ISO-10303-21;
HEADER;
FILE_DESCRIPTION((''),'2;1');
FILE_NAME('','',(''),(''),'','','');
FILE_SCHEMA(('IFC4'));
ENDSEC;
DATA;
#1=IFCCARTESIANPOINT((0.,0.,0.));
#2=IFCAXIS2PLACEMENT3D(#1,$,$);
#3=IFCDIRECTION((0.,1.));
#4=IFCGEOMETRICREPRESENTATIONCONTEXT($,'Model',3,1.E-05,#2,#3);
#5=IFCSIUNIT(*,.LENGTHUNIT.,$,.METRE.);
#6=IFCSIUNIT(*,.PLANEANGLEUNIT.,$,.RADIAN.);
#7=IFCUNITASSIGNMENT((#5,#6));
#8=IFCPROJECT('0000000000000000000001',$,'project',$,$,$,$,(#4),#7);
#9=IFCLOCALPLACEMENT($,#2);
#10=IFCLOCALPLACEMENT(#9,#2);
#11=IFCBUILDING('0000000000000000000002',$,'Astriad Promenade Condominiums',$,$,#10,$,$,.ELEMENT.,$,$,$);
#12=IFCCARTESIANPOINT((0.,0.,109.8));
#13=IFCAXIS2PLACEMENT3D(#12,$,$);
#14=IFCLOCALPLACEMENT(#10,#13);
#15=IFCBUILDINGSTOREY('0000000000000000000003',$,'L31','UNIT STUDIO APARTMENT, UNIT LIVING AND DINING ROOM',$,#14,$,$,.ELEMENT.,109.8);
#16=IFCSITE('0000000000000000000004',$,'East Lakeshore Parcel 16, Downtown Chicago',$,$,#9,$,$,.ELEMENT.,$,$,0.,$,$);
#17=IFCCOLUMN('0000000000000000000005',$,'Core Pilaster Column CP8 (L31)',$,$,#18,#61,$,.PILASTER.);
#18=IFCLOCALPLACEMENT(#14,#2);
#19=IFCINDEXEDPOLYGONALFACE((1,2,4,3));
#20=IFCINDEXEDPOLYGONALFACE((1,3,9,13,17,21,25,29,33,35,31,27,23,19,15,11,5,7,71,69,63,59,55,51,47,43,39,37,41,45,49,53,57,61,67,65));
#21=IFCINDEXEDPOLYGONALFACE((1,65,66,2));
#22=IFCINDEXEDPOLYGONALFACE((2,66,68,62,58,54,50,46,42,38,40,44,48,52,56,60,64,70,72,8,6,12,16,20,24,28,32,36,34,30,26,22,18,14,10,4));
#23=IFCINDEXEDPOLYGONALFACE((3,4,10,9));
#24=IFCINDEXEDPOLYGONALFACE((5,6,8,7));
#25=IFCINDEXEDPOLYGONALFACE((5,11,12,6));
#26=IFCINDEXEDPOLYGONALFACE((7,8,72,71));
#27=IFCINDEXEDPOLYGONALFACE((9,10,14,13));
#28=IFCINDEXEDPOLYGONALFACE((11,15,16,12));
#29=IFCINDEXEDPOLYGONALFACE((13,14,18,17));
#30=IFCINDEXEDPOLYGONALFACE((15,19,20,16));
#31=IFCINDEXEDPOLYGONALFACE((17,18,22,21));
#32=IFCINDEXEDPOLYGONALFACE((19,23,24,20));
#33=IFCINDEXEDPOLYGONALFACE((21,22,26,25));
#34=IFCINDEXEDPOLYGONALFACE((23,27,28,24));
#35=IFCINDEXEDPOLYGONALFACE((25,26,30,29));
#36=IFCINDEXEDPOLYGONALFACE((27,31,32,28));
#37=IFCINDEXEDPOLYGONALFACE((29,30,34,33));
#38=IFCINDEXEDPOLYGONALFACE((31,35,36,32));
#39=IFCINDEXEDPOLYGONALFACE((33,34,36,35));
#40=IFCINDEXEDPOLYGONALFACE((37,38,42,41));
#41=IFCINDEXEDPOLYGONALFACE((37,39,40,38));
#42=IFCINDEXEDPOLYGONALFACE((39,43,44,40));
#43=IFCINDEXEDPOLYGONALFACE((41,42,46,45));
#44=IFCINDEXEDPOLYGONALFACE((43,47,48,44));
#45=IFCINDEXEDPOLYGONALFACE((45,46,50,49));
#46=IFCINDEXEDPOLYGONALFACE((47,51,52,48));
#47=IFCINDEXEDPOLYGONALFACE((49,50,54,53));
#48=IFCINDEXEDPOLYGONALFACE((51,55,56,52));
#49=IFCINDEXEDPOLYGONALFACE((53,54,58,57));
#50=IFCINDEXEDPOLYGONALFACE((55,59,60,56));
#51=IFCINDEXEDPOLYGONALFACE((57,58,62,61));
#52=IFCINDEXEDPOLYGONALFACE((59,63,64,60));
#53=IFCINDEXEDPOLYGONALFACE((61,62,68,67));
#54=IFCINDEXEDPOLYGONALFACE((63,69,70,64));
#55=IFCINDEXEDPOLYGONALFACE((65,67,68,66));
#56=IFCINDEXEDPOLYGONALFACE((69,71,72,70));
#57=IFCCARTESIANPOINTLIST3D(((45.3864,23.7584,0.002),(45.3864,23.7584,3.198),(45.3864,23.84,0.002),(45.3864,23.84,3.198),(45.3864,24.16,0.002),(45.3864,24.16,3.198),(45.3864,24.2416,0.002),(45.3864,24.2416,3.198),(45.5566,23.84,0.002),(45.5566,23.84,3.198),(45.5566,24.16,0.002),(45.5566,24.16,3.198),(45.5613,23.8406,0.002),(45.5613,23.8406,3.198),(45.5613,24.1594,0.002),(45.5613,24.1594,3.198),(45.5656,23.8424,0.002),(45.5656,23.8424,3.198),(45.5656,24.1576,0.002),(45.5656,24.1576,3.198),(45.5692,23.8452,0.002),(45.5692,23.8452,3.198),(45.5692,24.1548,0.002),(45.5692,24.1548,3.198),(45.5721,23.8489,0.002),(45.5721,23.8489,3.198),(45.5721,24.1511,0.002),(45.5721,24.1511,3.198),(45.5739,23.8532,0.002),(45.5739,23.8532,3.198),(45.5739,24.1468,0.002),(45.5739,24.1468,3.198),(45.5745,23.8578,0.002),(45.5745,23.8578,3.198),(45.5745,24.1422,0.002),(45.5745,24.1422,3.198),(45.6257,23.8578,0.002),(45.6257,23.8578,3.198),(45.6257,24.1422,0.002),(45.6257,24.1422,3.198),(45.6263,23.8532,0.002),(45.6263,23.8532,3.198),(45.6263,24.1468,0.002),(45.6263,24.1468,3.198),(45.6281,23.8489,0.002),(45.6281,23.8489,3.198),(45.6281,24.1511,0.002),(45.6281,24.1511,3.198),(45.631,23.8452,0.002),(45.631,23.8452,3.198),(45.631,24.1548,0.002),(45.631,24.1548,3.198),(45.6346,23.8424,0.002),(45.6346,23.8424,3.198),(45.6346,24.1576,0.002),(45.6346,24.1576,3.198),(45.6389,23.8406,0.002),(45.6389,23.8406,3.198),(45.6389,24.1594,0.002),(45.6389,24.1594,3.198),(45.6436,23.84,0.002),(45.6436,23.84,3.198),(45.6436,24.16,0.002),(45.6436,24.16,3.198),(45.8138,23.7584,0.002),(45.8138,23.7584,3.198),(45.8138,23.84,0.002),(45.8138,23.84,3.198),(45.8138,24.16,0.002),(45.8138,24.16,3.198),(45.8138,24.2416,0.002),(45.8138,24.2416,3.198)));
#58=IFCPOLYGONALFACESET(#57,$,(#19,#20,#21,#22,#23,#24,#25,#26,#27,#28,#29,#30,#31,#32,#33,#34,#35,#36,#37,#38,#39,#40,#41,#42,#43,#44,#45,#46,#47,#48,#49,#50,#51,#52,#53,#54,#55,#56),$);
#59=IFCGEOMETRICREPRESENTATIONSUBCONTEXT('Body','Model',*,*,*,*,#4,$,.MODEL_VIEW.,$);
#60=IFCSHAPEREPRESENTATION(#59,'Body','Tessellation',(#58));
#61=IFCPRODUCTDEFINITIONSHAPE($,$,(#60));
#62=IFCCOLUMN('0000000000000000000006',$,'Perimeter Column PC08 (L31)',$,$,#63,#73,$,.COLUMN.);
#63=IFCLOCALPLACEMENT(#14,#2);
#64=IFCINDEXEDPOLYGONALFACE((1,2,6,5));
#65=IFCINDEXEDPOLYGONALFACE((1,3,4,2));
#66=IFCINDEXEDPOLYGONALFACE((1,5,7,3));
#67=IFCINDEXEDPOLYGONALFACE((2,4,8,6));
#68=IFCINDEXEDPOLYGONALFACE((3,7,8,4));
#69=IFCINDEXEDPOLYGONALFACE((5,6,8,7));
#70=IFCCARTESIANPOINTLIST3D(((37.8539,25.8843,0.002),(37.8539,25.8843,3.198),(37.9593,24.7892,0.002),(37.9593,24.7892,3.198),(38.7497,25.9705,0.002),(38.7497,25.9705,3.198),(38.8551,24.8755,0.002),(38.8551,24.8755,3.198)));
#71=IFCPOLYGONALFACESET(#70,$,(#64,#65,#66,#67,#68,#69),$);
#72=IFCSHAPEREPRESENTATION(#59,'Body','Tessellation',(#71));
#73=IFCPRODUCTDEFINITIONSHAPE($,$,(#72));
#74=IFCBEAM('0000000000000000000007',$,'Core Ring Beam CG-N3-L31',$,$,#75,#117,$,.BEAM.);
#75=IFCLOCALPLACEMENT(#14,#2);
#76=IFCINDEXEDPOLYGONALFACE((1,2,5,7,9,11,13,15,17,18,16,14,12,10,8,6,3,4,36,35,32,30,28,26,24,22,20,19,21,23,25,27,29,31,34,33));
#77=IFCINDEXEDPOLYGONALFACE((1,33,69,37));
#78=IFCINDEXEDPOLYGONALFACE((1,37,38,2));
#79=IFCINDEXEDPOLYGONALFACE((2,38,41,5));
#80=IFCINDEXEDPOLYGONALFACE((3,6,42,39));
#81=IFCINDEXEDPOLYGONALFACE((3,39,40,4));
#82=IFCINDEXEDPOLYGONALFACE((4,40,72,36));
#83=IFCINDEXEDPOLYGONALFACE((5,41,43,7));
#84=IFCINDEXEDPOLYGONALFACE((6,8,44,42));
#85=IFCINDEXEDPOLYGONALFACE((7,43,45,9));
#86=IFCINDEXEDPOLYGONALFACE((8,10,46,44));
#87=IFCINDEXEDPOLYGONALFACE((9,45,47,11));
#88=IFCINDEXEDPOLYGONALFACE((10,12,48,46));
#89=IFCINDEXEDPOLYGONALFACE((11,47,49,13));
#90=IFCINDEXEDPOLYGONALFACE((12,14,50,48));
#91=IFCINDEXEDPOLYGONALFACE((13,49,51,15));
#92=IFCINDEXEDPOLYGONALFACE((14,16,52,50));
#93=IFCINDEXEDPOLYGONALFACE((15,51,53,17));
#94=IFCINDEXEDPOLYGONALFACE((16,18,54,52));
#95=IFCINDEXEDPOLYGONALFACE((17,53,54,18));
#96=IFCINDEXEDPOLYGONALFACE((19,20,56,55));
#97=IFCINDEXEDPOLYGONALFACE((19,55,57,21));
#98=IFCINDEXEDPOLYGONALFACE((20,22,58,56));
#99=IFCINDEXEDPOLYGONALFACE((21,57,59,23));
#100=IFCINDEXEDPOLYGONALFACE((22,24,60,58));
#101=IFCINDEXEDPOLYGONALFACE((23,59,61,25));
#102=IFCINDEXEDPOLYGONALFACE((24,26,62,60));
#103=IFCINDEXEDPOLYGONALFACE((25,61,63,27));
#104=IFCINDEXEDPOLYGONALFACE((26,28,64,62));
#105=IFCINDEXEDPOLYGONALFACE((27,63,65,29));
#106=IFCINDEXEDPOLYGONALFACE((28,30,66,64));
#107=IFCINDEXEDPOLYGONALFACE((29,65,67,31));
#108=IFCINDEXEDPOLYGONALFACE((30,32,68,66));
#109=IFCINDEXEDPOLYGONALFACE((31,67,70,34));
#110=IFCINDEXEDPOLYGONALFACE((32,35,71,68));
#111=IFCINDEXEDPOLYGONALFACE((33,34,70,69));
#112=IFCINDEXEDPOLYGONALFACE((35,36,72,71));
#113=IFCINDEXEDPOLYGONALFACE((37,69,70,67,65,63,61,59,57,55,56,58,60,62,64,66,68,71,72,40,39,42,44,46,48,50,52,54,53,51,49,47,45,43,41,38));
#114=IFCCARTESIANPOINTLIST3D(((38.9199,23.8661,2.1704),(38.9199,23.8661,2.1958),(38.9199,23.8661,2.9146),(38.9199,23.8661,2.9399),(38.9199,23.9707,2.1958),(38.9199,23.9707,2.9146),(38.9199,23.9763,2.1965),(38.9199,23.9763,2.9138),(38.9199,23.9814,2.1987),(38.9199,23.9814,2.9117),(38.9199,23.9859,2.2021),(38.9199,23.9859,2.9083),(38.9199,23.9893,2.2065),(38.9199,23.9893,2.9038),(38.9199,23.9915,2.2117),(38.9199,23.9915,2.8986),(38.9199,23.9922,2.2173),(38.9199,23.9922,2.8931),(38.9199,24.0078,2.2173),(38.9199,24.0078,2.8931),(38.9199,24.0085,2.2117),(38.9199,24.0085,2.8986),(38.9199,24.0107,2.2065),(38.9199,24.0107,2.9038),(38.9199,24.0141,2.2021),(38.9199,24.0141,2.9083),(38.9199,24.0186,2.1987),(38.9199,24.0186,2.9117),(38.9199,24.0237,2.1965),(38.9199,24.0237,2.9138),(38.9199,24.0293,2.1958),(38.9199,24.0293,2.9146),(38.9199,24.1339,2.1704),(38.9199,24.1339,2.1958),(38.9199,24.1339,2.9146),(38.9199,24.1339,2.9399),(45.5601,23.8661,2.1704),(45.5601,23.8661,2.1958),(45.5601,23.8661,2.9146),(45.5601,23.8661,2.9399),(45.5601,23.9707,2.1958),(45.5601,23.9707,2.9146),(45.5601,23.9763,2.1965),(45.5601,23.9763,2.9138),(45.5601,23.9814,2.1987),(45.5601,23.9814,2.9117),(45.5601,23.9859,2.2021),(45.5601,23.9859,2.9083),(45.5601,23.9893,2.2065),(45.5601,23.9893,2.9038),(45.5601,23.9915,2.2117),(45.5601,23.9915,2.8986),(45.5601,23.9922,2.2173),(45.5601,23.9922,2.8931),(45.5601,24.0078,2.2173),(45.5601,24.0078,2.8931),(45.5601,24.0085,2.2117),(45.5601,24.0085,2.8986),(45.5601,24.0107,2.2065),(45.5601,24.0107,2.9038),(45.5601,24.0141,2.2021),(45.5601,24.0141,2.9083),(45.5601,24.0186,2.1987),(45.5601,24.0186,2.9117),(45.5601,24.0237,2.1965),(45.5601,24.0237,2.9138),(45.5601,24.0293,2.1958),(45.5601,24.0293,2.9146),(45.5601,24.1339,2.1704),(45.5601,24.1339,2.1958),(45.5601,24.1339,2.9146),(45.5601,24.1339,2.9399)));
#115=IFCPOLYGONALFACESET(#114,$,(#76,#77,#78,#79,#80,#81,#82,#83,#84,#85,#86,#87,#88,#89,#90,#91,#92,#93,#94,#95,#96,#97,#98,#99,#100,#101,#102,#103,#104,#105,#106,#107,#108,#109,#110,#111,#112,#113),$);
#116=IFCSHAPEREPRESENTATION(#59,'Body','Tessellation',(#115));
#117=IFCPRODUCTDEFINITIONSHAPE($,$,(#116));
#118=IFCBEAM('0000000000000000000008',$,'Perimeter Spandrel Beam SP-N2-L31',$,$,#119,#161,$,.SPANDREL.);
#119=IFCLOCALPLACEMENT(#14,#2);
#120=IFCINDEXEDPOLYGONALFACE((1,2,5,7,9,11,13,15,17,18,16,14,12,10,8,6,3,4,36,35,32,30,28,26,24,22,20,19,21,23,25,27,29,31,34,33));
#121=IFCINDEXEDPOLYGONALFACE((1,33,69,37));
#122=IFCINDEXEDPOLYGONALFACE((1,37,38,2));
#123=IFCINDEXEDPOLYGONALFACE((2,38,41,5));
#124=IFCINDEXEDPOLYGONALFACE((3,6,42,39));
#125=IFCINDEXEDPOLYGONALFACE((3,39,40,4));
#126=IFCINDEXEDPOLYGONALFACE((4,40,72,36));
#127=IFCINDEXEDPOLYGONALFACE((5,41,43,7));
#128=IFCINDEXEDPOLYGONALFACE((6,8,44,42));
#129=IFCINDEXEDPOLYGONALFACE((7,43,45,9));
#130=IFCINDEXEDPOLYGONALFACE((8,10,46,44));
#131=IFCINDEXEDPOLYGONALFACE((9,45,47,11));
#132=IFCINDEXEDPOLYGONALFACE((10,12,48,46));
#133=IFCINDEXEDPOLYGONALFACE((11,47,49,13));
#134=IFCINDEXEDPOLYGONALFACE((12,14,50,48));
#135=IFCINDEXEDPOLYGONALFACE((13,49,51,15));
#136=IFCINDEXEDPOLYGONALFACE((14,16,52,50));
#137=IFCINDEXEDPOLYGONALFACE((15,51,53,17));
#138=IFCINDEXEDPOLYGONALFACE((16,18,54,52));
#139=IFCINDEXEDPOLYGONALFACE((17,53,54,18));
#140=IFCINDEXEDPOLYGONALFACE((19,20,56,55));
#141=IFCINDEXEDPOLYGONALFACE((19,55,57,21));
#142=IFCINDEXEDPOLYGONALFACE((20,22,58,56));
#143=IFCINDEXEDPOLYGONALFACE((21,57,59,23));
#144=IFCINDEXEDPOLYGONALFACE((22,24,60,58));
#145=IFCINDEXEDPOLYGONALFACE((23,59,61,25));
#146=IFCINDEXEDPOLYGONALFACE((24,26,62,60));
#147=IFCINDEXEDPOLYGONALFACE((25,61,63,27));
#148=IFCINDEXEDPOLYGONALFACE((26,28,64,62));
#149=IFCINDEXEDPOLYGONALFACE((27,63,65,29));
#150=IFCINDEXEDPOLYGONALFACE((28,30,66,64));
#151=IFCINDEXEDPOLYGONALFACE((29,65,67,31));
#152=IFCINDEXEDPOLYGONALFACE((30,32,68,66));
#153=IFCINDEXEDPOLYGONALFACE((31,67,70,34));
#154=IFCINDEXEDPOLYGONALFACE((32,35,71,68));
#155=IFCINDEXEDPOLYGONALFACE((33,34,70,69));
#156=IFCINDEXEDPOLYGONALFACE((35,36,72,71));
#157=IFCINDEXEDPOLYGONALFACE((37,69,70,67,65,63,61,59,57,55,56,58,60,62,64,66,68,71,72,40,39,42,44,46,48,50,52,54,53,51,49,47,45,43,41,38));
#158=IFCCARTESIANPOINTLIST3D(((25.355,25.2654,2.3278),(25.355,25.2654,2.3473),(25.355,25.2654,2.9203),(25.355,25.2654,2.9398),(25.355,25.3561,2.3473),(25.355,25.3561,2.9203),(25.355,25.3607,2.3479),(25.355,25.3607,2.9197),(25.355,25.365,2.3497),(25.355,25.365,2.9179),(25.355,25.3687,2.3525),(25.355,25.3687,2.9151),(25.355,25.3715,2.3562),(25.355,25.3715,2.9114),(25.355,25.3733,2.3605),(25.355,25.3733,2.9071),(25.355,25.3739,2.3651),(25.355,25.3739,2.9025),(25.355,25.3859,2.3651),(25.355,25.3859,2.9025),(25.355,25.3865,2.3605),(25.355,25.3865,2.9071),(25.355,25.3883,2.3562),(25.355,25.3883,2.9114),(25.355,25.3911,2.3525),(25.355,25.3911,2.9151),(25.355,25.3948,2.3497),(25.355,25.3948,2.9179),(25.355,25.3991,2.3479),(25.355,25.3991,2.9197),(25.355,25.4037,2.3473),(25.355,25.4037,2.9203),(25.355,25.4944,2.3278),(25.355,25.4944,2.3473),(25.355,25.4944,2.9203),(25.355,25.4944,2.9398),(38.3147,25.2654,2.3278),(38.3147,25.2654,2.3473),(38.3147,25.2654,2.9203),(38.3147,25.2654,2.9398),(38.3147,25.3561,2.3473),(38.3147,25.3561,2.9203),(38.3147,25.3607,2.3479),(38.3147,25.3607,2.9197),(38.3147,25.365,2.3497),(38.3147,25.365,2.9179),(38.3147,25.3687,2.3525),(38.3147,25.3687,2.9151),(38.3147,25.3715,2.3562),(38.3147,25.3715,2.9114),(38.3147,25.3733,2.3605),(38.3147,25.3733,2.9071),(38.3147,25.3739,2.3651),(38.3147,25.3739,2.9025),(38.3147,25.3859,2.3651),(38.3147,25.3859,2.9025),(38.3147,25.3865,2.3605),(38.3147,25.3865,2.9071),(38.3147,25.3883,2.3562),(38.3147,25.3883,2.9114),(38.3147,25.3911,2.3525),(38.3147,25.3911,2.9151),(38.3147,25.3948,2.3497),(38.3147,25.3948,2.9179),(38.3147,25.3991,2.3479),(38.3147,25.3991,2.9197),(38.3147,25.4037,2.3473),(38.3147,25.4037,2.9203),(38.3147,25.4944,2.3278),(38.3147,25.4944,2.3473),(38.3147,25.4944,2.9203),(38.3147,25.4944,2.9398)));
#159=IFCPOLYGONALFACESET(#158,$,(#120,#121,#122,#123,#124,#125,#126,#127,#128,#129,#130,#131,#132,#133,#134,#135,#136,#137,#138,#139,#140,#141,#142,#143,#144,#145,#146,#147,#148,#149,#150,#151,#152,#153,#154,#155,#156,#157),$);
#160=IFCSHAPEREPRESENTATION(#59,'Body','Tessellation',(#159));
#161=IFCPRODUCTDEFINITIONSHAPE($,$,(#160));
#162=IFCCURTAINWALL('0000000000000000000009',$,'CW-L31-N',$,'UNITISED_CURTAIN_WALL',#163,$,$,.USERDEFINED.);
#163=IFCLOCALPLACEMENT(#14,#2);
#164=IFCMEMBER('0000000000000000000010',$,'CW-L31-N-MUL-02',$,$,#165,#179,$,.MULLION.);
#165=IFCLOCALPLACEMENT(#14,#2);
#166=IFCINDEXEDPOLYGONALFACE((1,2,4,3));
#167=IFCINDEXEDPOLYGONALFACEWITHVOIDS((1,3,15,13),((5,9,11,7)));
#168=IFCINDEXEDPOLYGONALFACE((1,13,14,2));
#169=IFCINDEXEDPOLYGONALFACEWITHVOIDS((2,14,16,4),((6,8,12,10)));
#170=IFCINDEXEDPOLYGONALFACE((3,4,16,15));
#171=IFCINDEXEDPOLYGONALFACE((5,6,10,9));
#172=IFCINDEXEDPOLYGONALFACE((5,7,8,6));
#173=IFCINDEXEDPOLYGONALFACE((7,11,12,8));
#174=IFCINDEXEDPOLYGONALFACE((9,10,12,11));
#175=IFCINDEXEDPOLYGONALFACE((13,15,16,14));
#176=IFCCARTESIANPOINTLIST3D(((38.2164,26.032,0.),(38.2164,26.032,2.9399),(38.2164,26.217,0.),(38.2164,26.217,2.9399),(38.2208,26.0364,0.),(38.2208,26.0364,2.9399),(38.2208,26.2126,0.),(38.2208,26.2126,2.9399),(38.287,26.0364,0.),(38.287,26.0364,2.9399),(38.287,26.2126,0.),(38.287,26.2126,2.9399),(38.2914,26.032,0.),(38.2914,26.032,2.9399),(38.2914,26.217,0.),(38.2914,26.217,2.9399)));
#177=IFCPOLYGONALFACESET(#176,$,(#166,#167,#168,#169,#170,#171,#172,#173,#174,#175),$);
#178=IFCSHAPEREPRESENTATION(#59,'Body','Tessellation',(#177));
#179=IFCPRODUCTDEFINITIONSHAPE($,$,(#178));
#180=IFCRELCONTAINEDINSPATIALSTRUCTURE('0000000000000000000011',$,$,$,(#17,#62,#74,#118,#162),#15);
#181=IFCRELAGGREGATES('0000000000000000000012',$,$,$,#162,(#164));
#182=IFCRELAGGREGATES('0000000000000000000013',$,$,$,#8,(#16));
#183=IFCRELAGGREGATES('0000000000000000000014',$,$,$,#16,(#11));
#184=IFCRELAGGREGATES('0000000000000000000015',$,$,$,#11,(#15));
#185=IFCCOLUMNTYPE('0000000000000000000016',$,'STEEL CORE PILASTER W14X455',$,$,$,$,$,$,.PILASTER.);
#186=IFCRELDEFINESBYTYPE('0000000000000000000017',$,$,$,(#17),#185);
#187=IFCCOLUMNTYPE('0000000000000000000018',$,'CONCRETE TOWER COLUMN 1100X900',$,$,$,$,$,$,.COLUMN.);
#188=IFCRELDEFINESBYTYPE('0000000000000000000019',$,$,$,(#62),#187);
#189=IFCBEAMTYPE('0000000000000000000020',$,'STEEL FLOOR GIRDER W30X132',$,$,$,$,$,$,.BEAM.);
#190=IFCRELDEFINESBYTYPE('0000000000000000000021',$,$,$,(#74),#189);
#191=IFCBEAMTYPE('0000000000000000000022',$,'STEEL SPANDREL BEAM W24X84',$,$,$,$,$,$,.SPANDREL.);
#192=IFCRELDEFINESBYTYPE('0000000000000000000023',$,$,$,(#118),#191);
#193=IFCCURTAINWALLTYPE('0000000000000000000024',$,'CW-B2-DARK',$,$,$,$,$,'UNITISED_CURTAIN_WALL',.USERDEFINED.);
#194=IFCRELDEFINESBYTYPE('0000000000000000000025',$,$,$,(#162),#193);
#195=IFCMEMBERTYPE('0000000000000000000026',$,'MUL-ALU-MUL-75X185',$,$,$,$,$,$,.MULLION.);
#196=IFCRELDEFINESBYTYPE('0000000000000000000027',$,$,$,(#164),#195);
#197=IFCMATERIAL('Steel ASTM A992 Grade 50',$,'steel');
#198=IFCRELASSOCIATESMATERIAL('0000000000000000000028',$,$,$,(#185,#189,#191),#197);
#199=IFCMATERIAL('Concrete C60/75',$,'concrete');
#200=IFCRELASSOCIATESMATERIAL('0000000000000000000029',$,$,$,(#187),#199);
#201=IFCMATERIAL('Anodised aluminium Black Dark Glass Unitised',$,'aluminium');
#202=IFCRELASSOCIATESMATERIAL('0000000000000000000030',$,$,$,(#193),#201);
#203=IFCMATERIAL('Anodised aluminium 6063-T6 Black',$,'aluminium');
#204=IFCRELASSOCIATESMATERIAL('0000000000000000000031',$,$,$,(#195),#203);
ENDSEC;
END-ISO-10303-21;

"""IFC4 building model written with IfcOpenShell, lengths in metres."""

from ifc_helpers import new_model, si_unit, direction, frame, origin, origin_2d, place, context, subcontext, project, spatial, rectangle, hollow_rectangle, i_section, extrude, source, transform, mapped, material, material_profile, profile_set, type_object, type_shapes, element, aggregate, save


model = new_model("IFC4")

# Units and contexts
model_context = context("Model", 3, precision=1e-05, world=origin(), true_north=direction((0.0, 1.0)))
body_context = subcontext(model_context, "Body", "Model", "MODEL_VIEW")
ifc_project = project(units=[si_unit("LENGTHUNIT", "METRE"), si_unit("PLANEANGLEUNIT", "RADIAN")], contexts=[model_context])

# Site, building, storey
site_placement = place(None, origin())
site = spatial("IfcSite", under=ifc_project, at=site_placement, Name="East Lakeshore Parcel 16, Downtown Chicago", CompositionType="ELEMENT", RefElevation=0.0)
building_placement = place(site_placement, origin())
building = spatial("IfcBuilding", under=site, at=building_placement, Name="Astriad Promenade Condominiums", CompositionType="ELEMENT")
storey_placement = place(building_placement, frame((0.0, 0.0, 109.8)))
storey = spatial("IfcBuildingStorey", under=building, at=storey_placement, Name="L31", Description="UNIT STUDIO APARTMENT, UNIT LIVING AND DINING ROOM", CompositionType="ELEMENT", Elevation=109.8)

# Columns
ifc_material_1 = material(Name="Steel ASTM A992 Grade 50", Category="steel")
ifc_material_profile_1 = material_profile(ifc_material_1, i_section(OverallWidth=0.4275, OverallDepth=0.4832, WebThickness=0.0513, FlangeThickness=0.0815, FilletRadius=0.0178, at=origin_2d()), Name="W14X455")
ifc_profile_set_1 = profile_set([ifc_material_profile_1], Name="Steel ASTM A992 Grade 50")
column_type_1 = type_object("IfcColumnType", Name="STEEL CORE PILASTER W14X455", PredefinedType="PILASTER", material=ifc_profile_set_1)
shared_shape_1 = source(origin(), body_context, "Body", "SweptSolid", [
    extrude(i_section(OverallWidth=0.4275, OverallDepth=0.4832, WebThickness=0.0513, FlangeThickness=0.0815, FilletRadius=0.0178, at=origin_2d()), origin(), (0.0, 0.0, 1.0), 3.196),
])
type_shapes(column_type_1, [shared_shape_1])
column_1_placement = place(storey_placement, frame((45.6001, 24.0, 0.002), z_axis=(0.0, 0.0, 1.0), x_axis=(1.0, 0.0, 0.0)))
element("IfcColumn", 1, at=column_1_placement, inside=storey, type_object=column_type_1, Name="Core Pilaster Column CP8 (L31)", PredefinedType="PILASTER", context=body_context, shape_type="MappedRepresentation", body=[
    mapped(shared_shape_1, transform((0.0, 0.0, 0.0), scale=1.0)),
])
ifc_material_2 = material(Name="Concrete C60/75", Category="concrete")
ifc_material_profile_2 = material_profile(ifc_material_2, rectangle(XDim=0.8999, YDim=1.1001, at=origin_2d()), Name="RC-COL-1100X900")
ifc_profile_set_2 = profile_set([ifc_material_profile_2], Name="Concrete C60/75")
column_type_2 = type_object("IfcColumnType", Name="CONCRETE TOWER COLUMN 1100X900", PredefinedType="COLUMN", material=ifc_profile_set_2)
shared_shape_2 = source(origin(), body_context, "Body", "SweptSolid", [
    extrude(rectangle(XDim=0.8999, YDim=1.1001, at=origin_2d()), origin(), (0.0, 0.0, 1.0), 3.196),
])
type_shapes(column_type_2, [shared_shape_2])
column_2_placement = place(storey_placement, frame((38.3545, 25.3799, 0.002), z_axis=(0.0, 0.0, 1.0), x_axis=(0.995396, 0.095846, 0.0)))
element("IfcColumn", 2, at=column_2_placement, inside=storey, type_object=column_type_2, Name="Perimeter Column PC08 (L31)", PredefinedType="COLUMN", context=body_context, shape_type="MappedRepresentation", body=[
    mapped(shared_shape_2, transform((0.0, 0.0, 0.0), scale=1.0)),
])

# Beams
ifc_material_profile_3 = material_profile(ifc_material_1, i_section(OverallWidth=0.2678, OverallDepth=0.7695, WebThickness=0.0156, FlangeThickness=0.0254, FilletRadius=0.0215, at=origin_2d()), Name="W30X132")
ifc_profile_set_3 = profile_set([ifc_material_profile_3], Name="Steel ASTM A992 Grade 50")
beam_type_1 = type_object("IfcBeamType", Name="STEEL FLOOR GIRDER W30X132", PredefinedType="BEAM", material=ifc_profile_set_3)
shared_shape_3 = source(origin(), body_context, "Body", "SweptSolid", [
    extrude(i_section(OverallWidth=0.2678, OverallDepth=0.7695, WebThickness=0.0156, FlangeThickness=0.0254, FilletRadius=0.0215, at=origin_2d()), origin(), (0.0, 0.0, 1.0), 6.6401),
])
type_shapes(beam_type_1, [shared_shape_3])
beam_1_placement = place(storey_placement, frame((38.9199, 24.0, 2.5552), z_axis=(1.0, 0.0, 0.0), x_axis=(0.0, 1.0, 0.0)))
element("IfcBeam", 3, at=beam_1_placement, inside=storey, type_object=beam_type_1, Name="Core Ring Beam CG-N3-L31", PredefinedType="BEAM", context=body_context, shape_type="MappedRepresentation", body=[
    mapped(shared_shape_3, transform((0.0, 0.0, 0.0), scale=1.0)),
])
ifc_material_profile_4 = material_profile(ifc_material_1, i_section(OverallWidth=0.229, OverallDepth=0.6121, WebThickness=0.012, FlangeThickness=0.0195, FilletRadius=0.0178, at=origin_2d()), Name="W24X84")
ifc_profile_set_4 = profile_set([ifc_material_profile_4], Name="Steel ASTM A992 Grade 50")
beam_type_2 = type_object("IfcBeamType", Name="STEEL SPANDREL BEAM W24X84", PredefinedType="SPANDREL", material=ifc_profile_set_4)
shared_shape_4 = source(origin(), body_context, "Body", "SweptSolid", [
    extrude(i_section(OverallWidth=0.229, OverallDepth=0.6121, WebThickness=0.012, FlangeThickness=0.0195, FilletRadius=0.0178, at=origin_2d()), origin(), (0.0, 0.0, 1.0), 12.9597),
])
type_shapes(beam_type_2, [shared_shape_4])
beam_2_placement = place(storey_placement, frame((38.3147, 25.3799, 2.6338), z_axis=(-1.0, 0.0, 0.0), x_axis=(0.0, -1.0, 0.0)))
element("IfcBeam", 4, at=beam_2_placement, inside=storey, type_object=beam_type_2, Name="Perimeter Spandrel Beam SP-N2-L31", PredefinedType="SPANDREL", context=body_context, shape_type="MappedRepresentation", body=[
    mapped(shared_shape_4, transform((0.0, 0.0, 0.0), scale=1.0)),
])

# Curtain wall, member
ifc_material_3 = material(Name="Anodised aluminium Black Dark Glass Unitised", Category="aluminium")
curtain_wall_type = type_object("IfcCurtainWallType", Name="CW-B2-DARK", ElementType="UNITISED_CURTAIN_WALL", PredefinedType="USERDEFINED", material=ifc_material_3)
curtain_wall_placement = place(storey_placement, origin())
curtain_wall = element("IfcCurtainWall", 5, at=curtain_wall_placement, inside=storey, type_object=curtain_wall_type, Name="CW-L31-N", ObjectType="UNITISED_CURTAIN_WALL", PredefinedType="USERDEFINED")
ifc_material_4 = material(Name="Anodised aluminium 6063-T6 Black", Category="aluminium")
ifc_material_profile_5 = material_profile(ifc_material_4, hollow_rectangle(XDim=0.075, YDim=0.1851, WallThickness=0.0044, at=origin_2d()), Name="ALU-MUL-75X185")
ifc_profile_set_5 = profile_set([ifc_material_profile_5], Name="Anodised aluminium 6063-T6 Black")
member_type_1 = type_object("IfcMemberType", Name="MUL-ALU-MUL-75X185", PredefinedType="MULLION", material=ifc_profile_set_5)
shared_shape_5 = source(origin(), body_context, "Body", "SweptSolid", [
    extrude(hollow_rectangle(XDim=0.075, YDim=0.1851, WallThickness=0.0044, at=origin_2d()), origin(), (0.0, 0.0, 1.0), 2.9399),
])
type_shapes(member_type_1, [shared_shape_5])
member_1_placement = place(storey_placement, frame((38.2539, 26.1245, 0.0), z_axis=(0.0, 0.0, 1.0), x_axis=(1.0, 0.0, 0.0)))
member_1 = element("IfcMember", 6, at=member_1_placement, type_object=member_type_1, Name="CW-L31-N-MUL-02", PredefinedType="MULLION", context=body_context, shape_type="MappedRepresentation", body=[
    mapped(shared_shape_5, transform((0.0, 0.0, 0.0), scale=1.0)),
])
aggregate(curtain_wall, [member_1])

save(model, "model.ifc")
